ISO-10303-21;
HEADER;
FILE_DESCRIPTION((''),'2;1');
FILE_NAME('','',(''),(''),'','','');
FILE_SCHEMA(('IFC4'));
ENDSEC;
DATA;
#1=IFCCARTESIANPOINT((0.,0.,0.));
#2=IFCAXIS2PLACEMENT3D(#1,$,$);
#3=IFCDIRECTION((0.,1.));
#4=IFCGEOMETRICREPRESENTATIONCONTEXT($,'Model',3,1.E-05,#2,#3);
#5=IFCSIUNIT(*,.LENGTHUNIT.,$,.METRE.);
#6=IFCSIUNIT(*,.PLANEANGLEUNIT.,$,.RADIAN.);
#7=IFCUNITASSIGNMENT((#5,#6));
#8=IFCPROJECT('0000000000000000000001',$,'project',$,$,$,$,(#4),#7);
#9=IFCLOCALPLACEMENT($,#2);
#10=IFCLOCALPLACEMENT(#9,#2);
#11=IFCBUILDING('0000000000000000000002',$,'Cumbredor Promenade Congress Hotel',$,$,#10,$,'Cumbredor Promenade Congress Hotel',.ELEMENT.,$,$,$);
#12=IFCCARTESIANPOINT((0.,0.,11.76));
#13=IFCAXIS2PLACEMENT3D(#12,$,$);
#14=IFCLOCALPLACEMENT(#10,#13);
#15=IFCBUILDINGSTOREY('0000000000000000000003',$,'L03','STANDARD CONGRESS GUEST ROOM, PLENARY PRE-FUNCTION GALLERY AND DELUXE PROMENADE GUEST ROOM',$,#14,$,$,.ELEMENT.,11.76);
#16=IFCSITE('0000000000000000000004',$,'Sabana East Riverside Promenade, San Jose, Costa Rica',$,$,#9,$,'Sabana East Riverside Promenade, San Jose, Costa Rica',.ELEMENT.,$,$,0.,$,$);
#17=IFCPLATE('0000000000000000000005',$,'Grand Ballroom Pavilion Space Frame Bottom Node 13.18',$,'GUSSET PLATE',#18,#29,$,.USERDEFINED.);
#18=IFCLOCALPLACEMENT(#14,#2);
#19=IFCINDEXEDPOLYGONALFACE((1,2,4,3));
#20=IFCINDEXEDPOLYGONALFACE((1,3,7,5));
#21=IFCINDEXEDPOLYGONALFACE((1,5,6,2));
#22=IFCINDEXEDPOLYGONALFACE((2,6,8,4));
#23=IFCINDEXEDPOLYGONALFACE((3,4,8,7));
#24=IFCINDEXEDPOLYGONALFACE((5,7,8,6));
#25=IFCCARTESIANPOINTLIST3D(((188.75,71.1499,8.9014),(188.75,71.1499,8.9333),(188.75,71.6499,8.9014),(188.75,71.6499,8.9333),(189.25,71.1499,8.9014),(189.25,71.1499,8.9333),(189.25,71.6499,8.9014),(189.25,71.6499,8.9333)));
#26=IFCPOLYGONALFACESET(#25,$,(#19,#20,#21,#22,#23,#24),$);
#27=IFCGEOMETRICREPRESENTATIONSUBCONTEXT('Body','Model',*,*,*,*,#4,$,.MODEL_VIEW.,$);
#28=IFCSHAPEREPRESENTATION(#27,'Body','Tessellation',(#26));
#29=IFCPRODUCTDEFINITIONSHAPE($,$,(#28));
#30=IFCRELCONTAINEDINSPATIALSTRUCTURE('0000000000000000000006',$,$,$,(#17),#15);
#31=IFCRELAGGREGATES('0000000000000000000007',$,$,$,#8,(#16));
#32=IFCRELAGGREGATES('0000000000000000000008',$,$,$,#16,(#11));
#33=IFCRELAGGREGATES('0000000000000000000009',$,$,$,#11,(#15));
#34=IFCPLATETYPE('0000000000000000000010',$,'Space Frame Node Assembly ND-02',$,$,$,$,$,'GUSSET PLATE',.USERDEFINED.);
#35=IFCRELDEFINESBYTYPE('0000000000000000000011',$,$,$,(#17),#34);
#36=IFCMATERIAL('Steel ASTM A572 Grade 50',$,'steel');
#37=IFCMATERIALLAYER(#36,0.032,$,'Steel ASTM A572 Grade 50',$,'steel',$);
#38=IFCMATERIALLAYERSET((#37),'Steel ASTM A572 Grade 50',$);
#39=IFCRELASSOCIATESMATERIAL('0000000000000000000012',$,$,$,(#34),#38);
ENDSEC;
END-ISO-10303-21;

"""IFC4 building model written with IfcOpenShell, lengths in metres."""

from ifc_helpers import new_model, si_unit, direction, frame, origin, origin_2d, place, context, subcontext, project, spatial, rectangle, extrude, material, layer, layer_set, type_object, element, save


model = new_model("IFC4")

# Units and contexts
model_context = context("Model", 3, precision=1e-05, world=origin(), true_north=direction((0.0, 1.0)))
body_context = subcontext(model_context, "Body", "Model", "MODEL_VIEW")
ifc_project = project(units=[si_unit("LENGTHUNIT", "METRE"), si_unit("PLANEANGLEUNIT", "RADIAN")], contexts=[model_context])

# Site, building, storey
site_placement = place(None, origin())
site = spatial("IfcSite", under=ifc_project, at=site_placement, Name="Sabana East Riverside Promenade, San Jose, Costa Rica", LongName="Sabana East Riverside Promenade, San Jose, Costa Rica", CompositionType="ELEMENT", RefElevation=0.0)
building_placement = place(site_placement, origin())
building = spatial("IfcBuilding", under=site, at=building_placement, Name="Cumbredor Promenade Congress Hotel", LongName="Cumbredor Promenade Congress Hotel", CompositionType="ELEMENT")
storey_placement = place(building_placement, frame((0.0, 0.0, 11.76)))
storey = spatial("IfcBuildingStorey", under=building, at=storey_placement, Name="L03", Description="STANDARD CONGRESS GUEST ROOM, PLENARY PRE-FUNCTION GALLERY AND DELUXE PROMENADE GUEST ROOM", CompositionType="ELEMENT", Elevation=11.76)

# Plate
ifc_material_1 = material(Name="Steel ASTM A572 Grade 50", Category="steel")
ifc_layer_1 = layer(ifc_material_1, 0.032, Name="Steel ASTM A572 Grade 50", Category="steel")
ifc_layer_set_1 = layer_set([ifc_layer_1], Name="Steel ASTM A572 Grade 50")
plate_type_1 = type_object("IfcPlateType", Name="Space Frame Node Assembly ND-02", ElementType="GUSSET PLATE", PredefinedType="USERDEFINED", material=ifc_layer_set_1)
for number, where, z_axis, x_axis, name in (
    (1, (189.0, 71.3999, 8.9014), (0.0, 0.0, 1.0), (1.0, 0.0, 0.0), "Grand Ballroom Pavilion Space Frame Bottom Node 13.18"),
):
    element("IfcPlate", number, at=place(storey_placement, frame(where, z_axis=z_axis, x_axis=x_axis)), inside=storey, type_object=plate_type_1, Name=name, ObjectType="GUSSET PLATE", PredefinedType="USERDEFINED", context=body_context, shape_type="SweptSolid", body=[
        extrude(rectangle(XDim=0.5, YDim=0.5, at=origin_2d()), origin(), (0.0, 0.0, 1.0), 0.032),
    ])

save(model, "model.ifc")
